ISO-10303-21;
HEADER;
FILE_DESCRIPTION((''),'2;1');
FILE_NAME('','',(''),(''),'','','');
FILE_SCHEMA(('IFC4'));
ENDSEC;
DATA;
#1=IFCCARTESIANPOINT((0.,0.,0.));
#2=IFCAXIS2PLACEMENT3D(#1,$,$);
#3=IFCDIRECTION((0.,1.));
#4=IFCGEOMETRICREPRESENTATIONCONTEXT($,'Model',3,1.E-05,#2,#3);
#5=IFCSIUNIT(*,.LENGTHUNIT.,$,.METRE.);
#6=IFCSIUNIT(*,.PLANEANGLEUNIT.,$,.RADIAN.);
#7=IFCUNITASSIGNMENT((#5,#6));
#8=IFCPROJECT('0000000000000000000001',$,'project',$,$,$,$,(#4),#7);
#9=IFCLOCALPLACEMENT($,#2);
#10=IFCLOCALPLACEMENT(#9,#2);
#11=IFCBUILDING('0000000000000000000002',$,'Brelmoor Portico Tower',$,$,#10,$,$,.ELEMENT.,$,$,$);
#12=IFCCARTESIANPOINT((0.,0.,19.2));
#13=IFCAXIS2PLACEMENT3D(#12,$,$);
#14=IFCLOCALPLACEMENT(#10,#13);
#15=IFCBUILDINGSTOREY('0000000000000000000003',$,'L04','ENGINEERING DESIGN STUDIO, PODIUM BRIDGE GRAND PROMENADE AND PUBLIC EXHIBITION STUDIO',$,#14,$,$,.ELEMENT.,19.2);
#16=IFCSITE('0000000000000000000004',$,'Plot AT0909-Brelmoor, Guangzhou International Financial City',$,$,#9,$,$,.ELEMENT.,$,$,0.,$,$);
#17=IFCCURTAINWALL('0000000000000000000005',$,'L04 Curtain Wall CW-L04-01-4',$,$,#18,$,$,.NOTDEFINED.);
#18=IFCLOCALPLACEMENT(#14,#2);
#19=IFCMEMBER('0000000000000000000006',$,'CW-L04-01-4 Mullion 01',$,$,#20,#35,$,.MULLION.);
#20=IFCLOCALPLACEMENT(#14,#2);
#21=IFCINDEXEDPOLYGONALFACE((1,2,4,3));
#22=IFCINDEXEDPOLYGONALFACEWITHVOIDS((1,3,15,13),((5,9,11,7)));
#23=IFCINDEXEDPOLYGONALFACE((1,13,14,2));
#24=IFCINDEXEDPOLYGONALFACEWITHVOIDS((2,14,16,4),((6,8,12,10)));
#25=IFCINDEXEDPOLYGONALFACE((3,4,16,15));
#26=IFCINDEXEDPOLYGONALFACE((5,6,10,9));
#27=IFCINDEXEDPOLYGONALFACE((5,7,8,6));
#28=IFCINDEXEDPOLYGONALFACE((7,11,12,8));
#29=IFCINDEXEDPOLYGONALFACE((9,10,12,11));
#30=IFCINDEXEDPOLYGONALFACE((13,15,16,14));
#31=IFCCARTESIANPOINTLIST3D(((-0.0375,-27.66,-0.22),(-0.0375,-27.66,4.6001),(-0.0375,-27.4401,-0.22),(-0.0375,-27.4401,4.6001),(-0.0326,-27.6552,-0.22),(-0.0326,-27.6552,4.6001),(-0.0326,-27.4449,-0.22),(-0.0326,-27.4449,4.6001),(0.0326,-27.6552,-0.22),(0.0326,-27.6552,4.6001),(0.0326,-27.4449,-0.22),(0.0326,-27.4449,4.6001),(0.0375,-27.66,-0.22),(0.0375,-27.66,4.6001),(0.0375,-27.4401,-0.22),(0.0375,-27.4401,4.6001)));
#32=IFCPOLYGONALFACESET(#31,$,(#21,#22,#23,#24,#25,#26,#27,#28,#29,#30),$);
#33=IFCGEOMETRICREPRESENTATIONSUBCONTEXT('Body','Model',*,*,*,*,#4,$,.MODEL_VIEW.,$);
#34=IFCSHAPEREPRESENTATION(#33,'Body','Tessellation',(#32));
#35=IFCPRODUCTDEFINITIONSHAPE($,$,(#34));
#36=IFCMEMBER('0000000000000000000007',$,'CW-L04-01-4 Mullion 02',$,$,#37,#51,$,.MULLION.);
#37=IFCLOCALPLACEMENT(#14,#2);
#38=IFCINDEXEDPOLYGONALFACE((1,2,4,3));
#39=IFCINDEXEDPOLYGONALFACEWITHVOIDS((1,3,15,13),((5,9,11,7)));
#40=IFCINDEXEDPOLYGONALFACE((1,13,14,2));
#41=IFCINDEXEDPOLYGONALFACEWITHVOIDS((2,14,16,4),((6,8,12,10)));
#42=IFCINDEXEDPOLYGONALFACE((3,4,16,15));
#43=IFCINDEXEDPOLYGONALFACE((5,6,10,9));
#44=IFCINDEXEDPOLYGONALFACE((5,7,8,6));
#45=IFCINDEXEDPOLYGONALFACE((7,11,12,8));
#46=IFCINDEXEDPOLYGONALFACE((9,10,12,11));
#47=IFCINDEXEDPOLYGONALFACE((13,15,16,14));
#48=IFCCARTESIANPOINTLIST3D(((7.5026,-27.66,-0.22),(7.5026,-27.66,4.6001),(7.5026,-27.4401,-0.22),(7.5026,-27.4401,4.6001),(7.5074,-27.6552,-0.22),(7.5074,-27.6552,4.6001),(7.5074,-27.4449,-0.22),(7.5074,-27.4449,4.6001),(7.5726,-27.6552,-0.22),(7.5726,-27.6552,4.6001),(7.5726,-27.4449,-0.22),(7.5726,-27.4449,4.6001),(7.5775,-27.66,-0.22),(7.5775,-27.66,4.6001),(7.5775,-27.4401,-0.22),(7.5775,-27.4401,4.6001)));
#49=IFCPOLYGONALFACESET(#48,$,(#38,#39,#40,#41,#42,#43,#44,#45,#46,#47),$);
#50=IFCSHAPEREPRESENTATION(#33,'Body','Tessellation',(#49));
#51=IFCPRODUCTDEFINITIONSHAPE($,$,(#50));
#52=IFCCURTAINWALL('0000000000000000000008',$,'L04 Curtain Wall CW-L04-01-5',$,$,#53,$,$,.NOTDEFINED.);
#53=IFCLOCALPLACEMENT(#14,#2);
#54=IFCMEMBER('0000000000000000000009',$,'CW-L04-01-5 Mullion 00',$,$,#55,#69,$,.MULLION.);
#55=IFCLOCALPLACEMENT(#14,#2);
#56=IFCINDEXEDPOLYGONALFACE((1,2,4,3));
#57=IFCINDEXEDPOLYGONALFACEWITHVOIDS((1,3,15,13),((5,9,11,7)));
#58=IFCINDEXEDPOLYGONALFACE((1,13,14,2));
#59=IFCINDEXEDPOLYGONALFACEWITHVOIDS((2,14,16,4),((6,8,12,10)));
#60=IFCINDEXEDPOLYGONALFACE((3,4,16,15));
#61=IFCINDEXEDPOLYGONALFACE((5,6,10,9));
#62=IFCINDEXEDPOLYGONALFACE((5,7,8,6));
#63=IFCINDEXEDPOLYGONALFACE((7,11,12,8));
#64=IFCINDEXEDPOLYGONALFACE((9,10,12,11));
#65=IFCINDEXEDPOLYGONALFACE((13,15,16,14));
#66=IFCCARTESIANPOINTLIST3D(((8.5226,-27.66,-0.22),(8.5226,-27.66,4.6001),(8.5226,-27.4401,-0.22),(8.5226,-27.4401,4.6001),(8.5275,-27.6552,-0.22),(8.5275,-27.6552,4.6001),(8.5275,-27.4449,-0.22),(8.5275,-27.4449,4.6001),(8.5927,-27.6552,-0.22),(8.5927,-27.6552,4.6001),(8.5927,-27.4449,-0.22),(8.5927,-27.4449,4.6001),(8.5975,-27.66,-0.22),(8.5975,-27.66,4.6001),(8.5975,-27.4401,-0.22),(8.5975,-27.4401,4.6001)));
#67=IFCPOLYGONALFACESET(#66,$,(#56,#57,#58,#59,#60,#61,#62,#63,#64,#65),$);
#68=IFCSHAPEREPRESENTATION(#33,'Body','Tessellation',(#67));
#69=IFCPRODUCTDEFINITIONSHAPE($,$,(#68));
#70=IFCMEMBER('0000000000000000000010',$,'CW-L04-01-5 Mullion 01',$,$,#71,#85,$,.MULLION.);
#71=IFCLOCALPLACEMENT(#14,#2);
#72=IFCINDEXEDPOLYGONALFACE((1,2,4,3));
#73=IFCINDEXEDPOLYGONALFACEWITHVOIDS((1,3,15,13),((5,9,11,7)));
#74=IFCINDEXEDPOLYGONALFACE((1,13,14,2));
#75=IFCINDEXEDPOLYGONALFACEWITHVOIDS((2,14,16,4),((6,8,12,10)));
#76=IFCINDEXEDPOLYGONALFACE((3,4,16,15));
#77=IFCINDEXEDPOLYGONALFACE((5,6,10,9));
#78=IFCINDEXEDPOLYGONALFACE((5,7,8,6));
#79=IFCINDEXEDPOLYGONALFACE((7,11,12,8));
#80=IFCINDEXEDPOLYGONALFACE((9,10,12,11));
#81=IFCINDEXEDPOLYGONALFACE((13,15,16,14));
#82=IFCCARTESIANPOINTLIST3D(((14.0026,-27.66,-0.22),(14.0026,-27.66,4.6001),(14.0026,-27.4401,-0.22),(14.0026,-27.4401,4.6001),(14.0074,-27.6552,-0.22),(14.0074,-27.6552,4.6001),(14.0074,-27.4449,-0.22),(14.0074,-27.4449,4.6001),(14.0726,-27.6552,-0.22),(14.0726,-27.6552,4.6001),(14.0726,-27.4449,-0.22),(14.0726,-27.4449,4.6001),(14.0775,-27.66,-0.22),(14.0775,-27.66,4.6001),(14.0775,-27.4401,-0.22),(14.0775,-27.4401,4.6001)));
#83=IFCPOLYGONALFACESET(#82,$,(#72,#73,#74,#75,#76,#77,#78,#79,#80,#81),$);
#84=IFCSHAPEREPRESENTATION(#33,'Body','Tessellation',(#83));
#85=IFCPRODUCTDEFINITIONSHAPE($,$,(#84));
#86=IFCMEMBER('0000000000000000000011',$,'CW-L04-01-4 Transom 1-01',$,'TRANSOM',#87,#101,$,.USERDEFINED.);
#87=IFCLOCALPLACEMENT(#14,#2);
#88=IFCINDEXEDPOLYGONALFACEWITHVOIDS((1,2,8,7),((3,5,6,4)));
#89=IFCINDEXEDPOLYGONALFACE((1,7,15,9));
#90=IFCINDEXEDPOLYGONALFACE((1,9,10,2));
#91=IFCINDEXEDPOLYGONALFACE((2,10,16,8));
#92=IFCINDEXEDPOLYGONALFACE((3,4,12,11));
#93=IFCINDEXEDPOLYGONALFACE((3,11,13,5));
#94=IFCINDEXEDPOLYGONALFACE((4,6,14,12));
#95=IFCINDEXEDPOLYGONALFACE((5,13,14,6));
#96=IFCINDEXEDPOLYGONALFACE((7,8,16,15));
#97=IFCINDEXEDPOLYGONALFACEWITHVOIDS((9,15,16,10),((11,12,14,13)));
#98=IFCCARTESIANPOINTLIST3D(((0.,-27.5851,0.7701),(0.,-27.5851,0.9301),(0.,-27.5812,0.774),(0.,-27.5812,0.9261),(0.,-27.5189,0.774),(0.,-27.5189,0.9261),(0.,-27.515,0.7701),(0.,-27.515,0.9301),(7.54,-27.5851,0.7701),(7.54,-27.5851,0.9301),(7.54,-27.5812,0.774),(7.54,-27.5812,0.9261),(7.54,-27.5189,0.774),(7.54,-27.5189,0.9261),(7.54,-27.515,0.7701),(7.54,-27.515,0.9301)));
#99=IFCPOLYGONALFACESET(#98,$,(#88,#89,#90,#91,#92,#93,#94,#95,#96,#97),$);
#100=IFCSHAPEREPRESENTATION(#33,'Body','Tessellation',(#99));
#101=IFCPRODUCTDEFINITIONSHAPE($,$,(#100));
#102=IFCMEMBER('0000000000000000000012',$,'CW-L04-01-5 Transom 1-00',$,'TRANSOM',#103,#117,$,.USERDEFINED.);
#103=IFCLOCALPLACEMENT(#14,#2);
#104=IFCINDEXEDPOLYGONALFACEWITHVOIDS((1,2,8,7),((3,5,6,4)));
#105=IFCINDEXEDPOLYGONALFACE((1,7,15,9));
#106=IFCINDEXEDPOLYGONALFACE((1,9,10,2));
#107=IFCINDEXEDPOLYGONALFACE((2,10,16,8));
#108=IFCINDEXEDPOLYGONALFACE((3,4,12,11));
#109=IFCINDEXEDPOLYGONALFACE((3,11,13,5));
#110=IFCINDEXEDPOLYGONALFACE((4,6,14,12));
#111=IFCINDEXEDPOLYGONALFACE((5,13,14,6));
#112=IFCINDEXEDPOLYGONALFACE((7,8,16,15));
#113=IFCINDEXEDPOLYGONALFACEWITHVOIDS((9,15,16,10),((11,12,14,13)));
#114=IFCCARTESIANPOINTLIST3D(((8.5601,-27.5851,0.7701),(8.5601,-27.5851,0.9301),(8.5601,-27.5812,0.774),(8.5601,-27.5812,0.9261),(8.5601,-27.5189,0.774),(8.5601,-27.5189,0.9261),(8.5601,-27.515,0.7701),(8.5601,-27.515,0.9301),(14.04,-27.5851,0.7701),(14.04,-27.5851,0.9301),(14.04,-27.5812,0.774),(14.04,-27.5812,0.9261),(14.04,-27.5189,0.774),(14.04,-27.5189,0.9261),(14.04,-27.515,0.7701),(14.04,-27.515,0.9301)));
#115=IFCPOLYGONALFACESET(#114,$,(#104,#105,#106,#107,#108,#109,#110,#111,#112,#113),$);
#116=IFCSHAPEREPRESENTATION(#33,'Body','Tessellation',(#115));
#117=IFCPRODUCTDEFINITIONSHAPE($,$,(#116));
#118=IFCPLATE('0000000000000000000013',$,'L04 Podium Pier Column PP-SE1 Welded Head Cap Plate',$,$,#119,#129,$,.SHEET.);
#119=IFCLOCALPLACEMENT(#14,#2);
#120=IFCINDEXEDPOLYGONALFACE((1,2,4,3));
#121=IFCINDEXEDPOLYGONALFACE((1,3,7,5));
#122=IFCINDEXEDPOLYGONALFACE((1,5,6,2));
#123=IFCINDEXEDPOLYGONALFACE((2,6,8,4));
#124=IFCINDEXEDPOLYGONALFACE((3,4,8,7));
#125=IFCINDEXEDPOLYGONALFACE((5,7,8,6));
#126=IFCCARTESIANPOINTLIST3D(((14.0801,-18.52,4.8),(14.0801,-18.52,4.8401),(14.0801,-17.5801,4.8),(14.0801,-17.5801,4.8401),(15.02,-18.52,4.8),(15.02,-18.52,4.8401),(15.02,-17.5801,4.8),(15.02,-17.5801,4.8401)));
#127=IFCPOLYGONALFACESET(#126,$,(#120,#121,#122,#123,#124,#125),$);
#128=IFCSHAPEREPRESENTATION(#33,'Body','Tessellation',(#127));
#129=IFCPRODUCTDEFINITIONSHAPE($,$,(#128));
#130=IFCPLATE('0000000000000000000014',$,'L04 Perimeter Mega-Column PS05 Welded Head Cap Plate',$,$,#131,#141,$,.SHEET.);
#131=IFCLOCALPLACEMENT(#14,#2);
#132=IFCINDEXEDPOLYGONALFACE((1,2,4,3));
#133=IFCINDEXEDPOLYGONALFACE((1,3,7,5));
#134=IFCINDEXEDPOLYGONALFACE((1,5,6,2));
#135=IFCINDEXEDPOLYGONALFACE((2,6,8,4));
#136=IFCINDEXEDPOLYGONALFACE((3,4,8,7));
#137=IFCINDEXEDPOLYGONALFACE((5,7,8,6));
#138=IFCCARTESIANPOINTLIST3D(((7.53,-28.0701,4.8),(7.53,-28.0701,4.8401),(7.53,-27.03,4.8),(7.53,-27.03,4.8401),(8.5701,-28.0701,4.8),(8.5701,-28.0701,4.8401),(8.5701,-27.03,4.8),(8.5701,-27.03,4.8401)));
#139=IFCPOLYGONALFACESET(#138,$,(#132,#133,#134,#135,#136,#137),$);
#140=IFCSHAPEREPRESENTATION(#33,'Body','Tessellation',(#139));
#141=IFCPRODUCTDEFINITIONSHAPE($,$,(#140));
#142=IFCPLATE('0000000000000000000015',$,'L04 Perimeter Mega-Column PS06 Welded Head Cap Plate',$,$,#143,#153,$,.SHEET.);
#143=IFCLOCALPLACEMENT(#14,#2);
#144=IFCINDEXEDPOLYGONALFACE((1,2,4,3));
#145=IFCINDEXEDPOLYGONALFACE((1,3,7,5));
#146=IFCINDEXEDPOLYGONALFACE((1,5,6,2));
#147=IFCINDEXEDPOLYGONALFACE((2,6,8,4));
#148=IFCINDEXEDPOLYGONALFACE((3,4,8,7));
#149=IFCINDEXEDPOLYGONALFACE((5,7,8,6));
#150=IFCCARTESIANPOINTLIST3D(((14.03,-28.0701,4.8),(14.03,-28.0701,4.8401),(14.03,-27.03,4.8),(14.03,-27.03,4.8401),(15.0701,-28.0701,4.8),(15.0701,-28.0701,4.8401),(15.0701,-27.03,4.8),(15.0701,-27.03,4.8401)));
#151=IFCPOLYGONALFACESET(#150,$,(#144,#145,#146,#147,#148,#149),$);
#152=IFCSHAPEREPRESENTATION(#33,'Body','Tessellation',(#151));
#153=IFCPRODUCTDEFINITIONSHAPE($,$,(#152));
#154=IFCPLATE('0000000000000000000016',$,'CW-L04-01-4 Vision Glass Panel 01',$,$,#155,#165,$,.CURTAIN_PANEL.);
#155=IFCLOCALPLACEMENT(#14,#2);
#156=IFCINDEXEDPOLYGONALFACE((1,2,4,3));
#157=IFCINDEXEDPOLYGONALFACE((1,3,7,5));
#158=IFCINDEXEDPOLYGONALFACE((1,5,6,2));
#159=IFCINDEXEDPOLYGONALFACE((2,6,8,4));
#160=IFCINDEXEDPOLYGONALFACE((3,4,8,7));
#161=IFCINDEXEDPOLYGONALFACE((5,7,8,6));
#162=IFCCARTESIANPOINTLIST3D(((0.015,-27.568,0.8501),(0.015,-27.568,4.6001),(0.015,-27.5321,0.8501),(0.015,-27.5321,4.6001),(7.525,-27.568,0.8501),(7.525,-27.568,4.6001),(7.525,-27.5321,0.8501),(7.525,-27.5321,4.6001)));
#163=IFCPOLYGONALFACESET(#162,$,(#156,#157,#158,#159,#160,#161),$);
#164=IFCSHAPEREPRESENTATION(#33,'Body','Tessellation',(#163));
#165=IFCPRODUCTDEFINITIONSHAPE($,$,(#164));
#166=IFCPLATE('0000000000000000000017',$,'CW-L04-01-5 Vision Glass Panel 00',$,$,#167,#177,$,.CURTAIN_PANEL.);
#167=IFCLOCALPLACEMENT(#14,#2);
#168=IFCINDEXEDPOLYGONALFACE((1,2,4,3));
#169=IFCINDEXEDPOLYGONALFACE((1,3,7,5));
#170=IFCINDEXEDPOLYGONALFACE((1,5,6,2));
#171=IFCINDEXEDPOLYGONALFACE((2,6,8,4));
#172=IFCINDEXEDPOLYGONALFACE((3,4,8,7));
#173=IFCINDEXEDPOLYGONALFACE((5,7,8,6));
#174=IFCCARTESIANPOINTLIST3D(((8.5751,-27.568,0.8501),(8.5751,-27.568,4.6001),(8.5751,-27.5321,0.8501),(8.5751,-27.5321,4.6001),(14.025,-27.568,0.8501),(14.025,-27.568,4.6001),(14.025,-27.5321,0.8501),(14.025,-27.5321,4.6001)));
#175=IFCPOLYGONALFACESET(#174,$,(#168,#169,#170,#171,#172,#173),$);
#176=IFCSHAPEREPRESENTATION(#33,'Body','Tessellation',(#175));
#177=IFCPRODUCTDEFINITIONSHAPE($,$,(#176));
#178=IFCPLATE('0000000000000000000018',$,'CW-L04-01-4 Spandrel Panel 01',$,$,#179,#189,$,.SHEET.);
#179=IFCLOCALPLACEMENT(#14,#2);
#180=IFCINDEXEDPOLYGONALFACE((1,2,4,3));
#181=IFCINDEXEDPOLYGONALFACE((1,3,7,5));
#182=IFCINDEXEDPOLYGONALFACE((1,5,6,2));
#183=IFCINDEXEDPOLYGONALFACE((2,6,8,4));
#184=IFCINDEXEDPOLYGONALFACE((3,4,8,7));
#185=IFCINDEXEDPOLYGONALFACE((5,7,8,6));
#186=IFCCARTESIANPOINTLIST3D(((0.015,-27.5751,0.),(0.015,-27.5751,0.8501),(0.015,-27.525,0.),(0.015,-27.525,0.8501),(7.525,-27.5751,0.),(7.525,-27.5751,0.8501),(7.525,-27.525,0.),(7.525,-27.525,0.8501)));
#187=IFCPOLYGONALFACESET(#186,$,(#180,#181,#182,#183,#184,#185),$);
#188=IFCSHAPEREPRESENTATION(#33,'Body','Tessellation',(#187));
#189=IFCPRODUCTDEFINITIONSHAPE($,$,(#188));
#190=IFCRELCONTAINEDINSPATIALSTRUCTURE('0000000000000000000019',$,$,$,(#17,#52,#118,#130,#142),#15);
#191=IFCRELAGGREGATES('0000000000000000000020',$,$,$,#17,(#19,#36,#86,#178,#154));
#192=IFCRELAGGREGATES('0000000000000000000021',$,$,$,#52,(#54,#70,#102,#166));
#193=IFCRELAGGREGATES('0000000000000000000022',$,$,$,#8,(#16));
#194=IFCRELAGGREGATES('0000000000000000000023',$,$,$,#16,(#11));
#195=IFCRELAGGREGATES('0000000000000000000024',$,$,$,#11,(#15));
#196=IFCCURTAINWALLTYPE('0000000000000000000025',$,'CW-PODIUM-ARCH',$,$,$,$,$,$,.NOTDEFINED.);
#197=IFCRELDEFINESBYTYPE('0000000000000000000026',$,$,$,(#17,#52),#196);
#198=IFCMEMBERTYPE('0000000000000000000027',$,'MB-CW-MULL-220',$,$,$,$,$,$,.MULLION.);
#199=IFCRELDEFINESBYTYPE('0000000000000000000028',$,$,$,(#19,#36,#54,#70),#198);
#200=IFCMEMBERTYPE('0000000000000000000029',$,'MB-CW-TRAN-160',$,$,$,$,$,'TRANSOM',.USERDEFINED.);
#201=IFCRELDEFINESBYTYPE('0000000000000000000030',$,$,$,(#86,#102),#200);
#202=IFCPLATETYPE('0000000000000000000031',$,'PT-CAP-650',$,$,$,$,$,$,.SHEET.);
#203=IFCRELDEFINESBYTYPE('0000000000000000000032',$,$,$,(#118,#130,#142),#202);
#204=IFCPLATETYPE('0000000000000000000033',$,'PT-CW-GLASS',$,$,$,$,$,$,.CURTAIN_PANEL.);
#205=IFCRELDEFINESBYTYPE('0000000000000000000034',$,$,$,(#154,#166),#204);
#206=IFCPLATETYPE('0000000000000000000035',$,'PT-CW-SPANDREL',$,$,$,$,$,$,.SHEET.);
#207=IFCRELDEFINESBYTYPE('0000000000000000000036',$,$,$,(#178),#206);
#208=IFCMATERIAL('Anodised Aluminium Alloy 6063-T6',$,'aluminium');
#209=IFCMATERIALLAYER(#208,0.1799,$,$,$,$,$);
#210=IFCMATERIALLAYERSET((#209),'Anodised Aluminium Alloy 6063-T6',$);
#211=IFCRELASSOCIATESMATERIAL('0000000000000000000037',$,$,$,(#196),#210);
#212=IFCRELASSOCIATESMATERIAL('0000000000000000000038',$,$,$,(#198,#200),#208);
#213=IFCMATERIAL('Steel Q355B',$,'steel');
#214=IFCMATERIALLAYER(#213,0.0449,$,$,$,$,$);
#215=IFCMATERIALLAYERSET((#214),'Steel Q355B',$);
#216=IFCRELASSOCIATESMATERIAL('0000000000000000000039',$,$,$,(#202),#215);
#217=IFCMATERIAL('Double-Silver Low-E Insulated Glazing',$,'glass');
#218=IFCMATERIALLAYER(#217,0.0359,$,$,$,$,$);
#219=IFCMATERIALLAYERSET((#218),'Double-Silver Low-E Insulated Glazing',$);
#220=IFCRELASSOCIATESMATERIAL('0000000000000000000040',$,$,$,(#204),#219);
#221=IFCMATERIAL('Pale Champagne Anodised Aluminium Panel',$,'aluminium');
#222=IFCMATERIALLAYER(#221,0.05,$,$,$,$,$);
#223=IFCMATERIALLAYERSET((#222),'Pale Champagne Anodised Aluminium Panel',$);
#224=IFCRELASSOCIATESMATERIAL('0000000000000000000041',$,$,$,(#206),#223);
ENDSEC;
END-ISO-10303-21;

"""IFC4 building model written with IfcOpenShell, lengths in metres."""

from ifc_helpers import new_model, si_unit, direction, frame, origin, origin_2d, place, context, subcontext, project, spatial, rectangle, hollow_rectangle, extrude, material, layer, layer_set, material_profile, profile_set, type_object, element, aggregate, save


model = new_model("IFC4")

# Units and contexts
model_context = context("Model", 3, precision=1e-05, world=origin(), true_north=direction((0.0, 1.0)))
body_context = subcontext(model_context, "Body", "Model", "MODEL_VIEW")
ifc_project = project(units=[si_unit("LENGTHUNIT", "METRE"), si_unit("PLANEANGLEUNIT", "RADIAN")], contexts=[model_context])

# Site, building, storey
site_placement = place(None, origin())
site = spatial("IfcSite", under=ifc_project, at=site_placement, Name="Plot AT0909-Brelmoor, Guangzhou International Financial City", CompositionType="ELEMENT", RefElevation=0.0)
building_placement = place(site_placement, origin())
building = spatial("IfcBuilding", under=site, at=building_placement, Name="Brelmoor Portico Tower", CompositionType="ELEMENT")
storey_placement = place(building_placement, frame((0.0, 0.0, 19.2)))
storey = spatial("IfcBuildingStorey", under=building, at=storey_placement, Name="L04", Description="ENGINEERING DESIGN STUDIO, PODIUM BRIDGE GRAND PROMENADE AND PUBLIC EXHIBITION STUDIO", CompositionType="ELEMENT", Elevation=19.2)

# Shared definitions
ifc_material_1 = material(Name="Steel Q355B", Category="steel")

# Curtain walls, members
ifc_material_2 = material(Name="Anodised Aluminium Alloy 6063-T6", Category="aluminium")
ifc_layer_1 = layer(ifc_material_2, 0.1799)
ifc_layer_set_1 = layer_set([ifc_layer_1], Name="Anodised Aluminium Alloy 6063-T6")
curtain_wall_type = type_object("IfcCurtainWallType", Name="CW-PODIUM-ARCH", PredefinedType="NOTDEFINED", material=ifc_layer_set_1)
curtain_wall_1_placement = place(storey_placement, origin())
curtain_wall_1 = element("IfcCurtainWall", 1, at=curtain_wall_1_placement, inside=storey, type_object=curtain_wall_type, Name="L04 Curtain Wall CW-L04-01-4", PredefinedType="NOTDEFINED")
ifc_material_profile_1 = material_profile(ifc_material_2, hollow_rectangle(XDim=0.075, YDim=0.22, WallThickness=0.0049, at=origin_2d()), Name="ALU MULLION 75x220")
ifc_profile_set_1 = profile_set([ifc_material_profile_1], Name="Anodised Aluminium Alloy 6063-T6")
member_type_1 = type_object("IfcMemberType", Name="MB-CW-MULL-220", PredefinedType="MULLION", material=ifc_profile_set_1)
member_1_placement = place(storey_placement, frame((0.0, -27.55, -0.22), z_axis=(0.0, 0.0, 1.0), x_axis=(1.0, 0.0, 0.0)))
member_1 = element("IfcMember", 2, at=member_1_placement, type_object=member_type_1, Name="CW-L04-01-4 Mullion 01", PredefinedType="MULLION", context=body_context, shape_type="SweptSolid", body=[
    extrude(hollow_rectangle(XDim=0.075, YDim=0.22, WallThickness=0.0049, at=origin_2d()), origin(), (0.0, 0.0, 1.0), 4.8201),
])
member_2_placement = place(storey_placement, frame((7.54, -27.55, -0.22), z_axis=(0.0, 0.0, 1.0), x_axis=(1.0, 0.0, 0.0)))
member_2 = element("IfcMember", 3, at=member_2_placement, type_object=member_type_1, Name="CW-L04-01-4 Mullion 02", PredefinedType="MULLION", context=body_context, shape_type="SweptSolid", body=[
    extrude(hollow_rectangle(XDim=0.075, YDim=0.22, WallThickness=0.0049, at=origin_2d()), origin(), (0.0, 0.0, 1.0), 4.8201),
])
curtain_wall_2_placement = place(storey_placement, origin())
curtain_wall_2 = element("IfcCurtainWall", 4, at=curtain_wall_2_placement, inside=storey, type_object=curtain_wall_type, Name="L04 Curtain Wall CW-L04-01-5", PredefinedType="NOTDEFINED")
member_3_placement = place(storey_placement, frame((8.5601, -27.55, -0.22), z_axis=(0.0, 0.0, 1.0), x_axis=(1.0, 0.0, 0.0)))
member_3 = element("IfcMember", 5, at=member_3_placement, type_object=member_type_1, Name="CW-L04-01-5 Mullion 00", PredefinedType="MULLION", context=body_context, shape_type="SweptSolid", body=[
    extrude(hollow_rectangle(XDim=0.075, YDim=0.22, WallThickness=0.0049, at=origin_2d()), origin(), (0.0, 0.0, 1.0), 4.8201),
])
member_4_placement = place(storey_placement, frame((14.04, -27.55, -0.22), z_axis=(0.0, 0.0, 1.0), x_axis=(1.0, 0.0, 0.0)))
member_4 = element("IfcMember", 6, at=member_4_placement, type_object=member_type_1, Name="CW-L04-01-5 Mullion 01", PredefinedType="MULLION", context=body_context, shape_type="SweptSolid", body=[
    extrude(hollow_rectangle(XDim=0.075, YDim=0.22, WallThickness=0.0049, at=origin_2d()), origin(), (0.0, 0.0, 1.0), 4.8201),
])

# Members
ifc_material_profile_2 = material_profile(ifc_material_2, hollow_rectangle(XDim=0.0701, YDim=0.1599, WallThickness=0.0039, at=origin_2d()), Name="ALU TRANSOM 70x160")
ifc_profile_set_2 = profile_set([ifc_material_profile_2], Name="Anodised Aluminium Alloy 6063-T6")
member_type_2 = type_object("IfcMemberType", Name="MB-CW-TRAN-160", ElementType="TRANSOM", PredefinedType="USERDEFINED", material=ifc_profile_set_2)
member_5_placement = place(storey_placement, frame((0.0, -27.55, 0.8501), z_axis=(1.0, 0.0, 0.0), x_axis=(0.0, 1.0, 0.0)))
member_5 = element("IfcMember", 7, at=member_5_placement, type_object=member_type_2, Name="CW-L04-01-4 Transom 1-01", ObjectType="TRANSOM", PredefinedType="USERDEFINED", context=body_context, shape_type="SweptSolid", body=[
    extrude(hollow_rectangle(XDim=0.0701, YDim=0.1599, WallThickness=0.0039, at=origin_2d()), origin(), (0.0, 0.0, 1.0), 7.54),
])
member_6_placement = place(storey_placement, frame((8.5601, -27.55, 0.8501), z_axis=(1.0, 0.0, 0.0), x_axis=(0.0, 1.0, 0.0)))
member_6 = element("IfcMember", 8, at=member_6_placement, type_object=member_type_2, Name="CW-L04-01-5 Transom 1-00", ObjectType="TRANSOM", PredefinedType="USERDEFINED", context=body_context, shape_type="SweptSolid", body=[
    extrude(hollow_rectangle(XDim=0.0701, YDim=0.1599, WallThickness=0.0039, at=origin_2d()), origin(), (0.0, 0.0, 1.0), 5.48),
])

# Plates
ifc_layer_2 = layer(ifc_material_1, 0.0449)
ifc_layer_set_2 = layer_set([ifc_layer_2], Name="Steel Q355B")
plate_type_1 = type_object("IfcPlateType", Name="PT-CAP-650", PredefinedType="SHEET", material=ifc_layer_set_2)
plate_1_placement = place(storey_placement, frame((14.55, -18.05, 4.8), z_axis=(0.0, 0.0, 1.0), x_axis=(1.0, 0.0, 0.0)))
element("IfcPlate", 9, at=plate_1_placement, inside=storey, type_object=plate_type_1, Name="L04 Podium Pier Column PP-SE1 Welded Head Cap Plate", PredefinedType="SHEET", context=body_context, shape_type="SweptSolid", body=[
    extrude(rectangle(XDim=0.9399, YDim=0.9399, at=origin_2d()), origin(), (0.0, 0.0, 1.0), 0.04),
])
for number, where, z_axis, x_axis, name in (
    (10, (8.05, -27.55, 4.8), (0.0, 0.0, 1.0), (1.0, 0.0, 0.0), "L04 Perimeter Mega-Column PS05 Welded Head Cap Plate"),
    (11, (14.55, -27.55, 4.8), (0.0, 0.0, 1.0), (1.0, 0.0, 0.0), "L04 Perimeter Mega-Column PS06 Welded Head Cap Plate"),
):
    element("IfcPlate", number, at=place(storey_placement, frame(where, z_axis=z_axis, x_axis=x_axis)), inside=storey, type_object=plate_type_1, Name=name, PredefinedType="SHEET", context=body_context, shape_type="SweptSolid", body=[
        extrude(rectangle(XDim=1.04, YDim=1.04, at=origin_2d()), origin(), (0.0, 0.0, 1.0), 0.04),
    ])

# Plates
ifc_material_3 = material(Name="Double-Silver Low-E Insulated Glazing", Category="glass")
ifc_layer_3 = layer(ifc_material_3, 0.0359)
ifc_layer_set_3 = layer_set([ifc_layer_3], Name="Double-Silver Low-E Insulated Glazing")
plate_type_2 = type_object("IfcPlateType", Name="PT-CW-GLASS", PredefinedType="CURTAIN_PANEL", material=ifc_layer_set_3)
plate_2_placement = place(storey_placement, frame((3.77, -27.55, 0.8501), z_axis=(0.0, 0.0, 1.0), x_axis=(1.0, 0.0, 0.0)))
plate_2 = element("IfcPlate", 12, at=plate_2_placement, type_object=plate_type_2, Name="CW-L04-01-4 Vision Glass Panel 01", PredefinedType="CURTAIN_PANEL", context=body_context, shape_type="SweptSolid", body=[
    extrude(rectangle(XDim=7.51, YDim=0.0359, at=origin_2d()), origin(), (0.0, 0.0, 1.0), 3.75),
])
plate_3_placement = place(storey_placement, frame((11.3, -27.55, 0.8501), z_axis=(0.0, 0.0, 1.0), x_axis=(1.0, 0.0, 0.0)))
plate_3 = element("IfcPlate", 13, at=plate_3_placement, type_object=plate_type_2, Name="CW-L04-01-5 Vision Glass Panel 00", PredefinedType="CURTAIN_PANEL", context=body_context, shape_type="SweptSolid", body=[
    extrude(rectangle(XDim=5.45, YDim=0.0359, at=origin_2d()), origin(), (0.0, 0.0, 1.0), 3.75),
])
ifc_material_4 = material(Name="Pale Champagne Anodised Aluminium Panel", Category="aluminium")
ifc_layer_4 = layer(ifc_material_4, 0.05)
ifc_layer_set_4 = layer_set([ifc_layer_4], Name="Pale Champagne Anodised Aluminium Panel")
plate_type_3 = type_object("IfcPlateType", Name="PT-CW-SPANDREL", PredefinedType="SHEET", material=ifc_layer_set_4)
plate_4_placement = place(storey_placement, frame((3.77, -27.55, 0.0), z_axis=(0.0, 0.0, 1.0), x_axis=(1.0, 0.0, 0.0)))
plate_4 = element("IfcPlate", 14, at=plate_4_placement, type_object=plate_type_3, Name="CW-L04-01-4 Spandrel Panel 01", PredefinedType="SHEET", context=body_context, shape_type="SweptSolid", body=[
    extrude(rectangle(XDim=7.51, YDim=0.05, at=origin_2d()), origin(), (0.0, 0.0, 1.0), 0.8501),
])
aggregate(curtain_wall_1, [member_1, member_2, member_5, plate_4, plate_2])
aggregate(curtain_wall_2, [member_3, member_4, member_6, plate_3])

save(model, "model.ifc")
